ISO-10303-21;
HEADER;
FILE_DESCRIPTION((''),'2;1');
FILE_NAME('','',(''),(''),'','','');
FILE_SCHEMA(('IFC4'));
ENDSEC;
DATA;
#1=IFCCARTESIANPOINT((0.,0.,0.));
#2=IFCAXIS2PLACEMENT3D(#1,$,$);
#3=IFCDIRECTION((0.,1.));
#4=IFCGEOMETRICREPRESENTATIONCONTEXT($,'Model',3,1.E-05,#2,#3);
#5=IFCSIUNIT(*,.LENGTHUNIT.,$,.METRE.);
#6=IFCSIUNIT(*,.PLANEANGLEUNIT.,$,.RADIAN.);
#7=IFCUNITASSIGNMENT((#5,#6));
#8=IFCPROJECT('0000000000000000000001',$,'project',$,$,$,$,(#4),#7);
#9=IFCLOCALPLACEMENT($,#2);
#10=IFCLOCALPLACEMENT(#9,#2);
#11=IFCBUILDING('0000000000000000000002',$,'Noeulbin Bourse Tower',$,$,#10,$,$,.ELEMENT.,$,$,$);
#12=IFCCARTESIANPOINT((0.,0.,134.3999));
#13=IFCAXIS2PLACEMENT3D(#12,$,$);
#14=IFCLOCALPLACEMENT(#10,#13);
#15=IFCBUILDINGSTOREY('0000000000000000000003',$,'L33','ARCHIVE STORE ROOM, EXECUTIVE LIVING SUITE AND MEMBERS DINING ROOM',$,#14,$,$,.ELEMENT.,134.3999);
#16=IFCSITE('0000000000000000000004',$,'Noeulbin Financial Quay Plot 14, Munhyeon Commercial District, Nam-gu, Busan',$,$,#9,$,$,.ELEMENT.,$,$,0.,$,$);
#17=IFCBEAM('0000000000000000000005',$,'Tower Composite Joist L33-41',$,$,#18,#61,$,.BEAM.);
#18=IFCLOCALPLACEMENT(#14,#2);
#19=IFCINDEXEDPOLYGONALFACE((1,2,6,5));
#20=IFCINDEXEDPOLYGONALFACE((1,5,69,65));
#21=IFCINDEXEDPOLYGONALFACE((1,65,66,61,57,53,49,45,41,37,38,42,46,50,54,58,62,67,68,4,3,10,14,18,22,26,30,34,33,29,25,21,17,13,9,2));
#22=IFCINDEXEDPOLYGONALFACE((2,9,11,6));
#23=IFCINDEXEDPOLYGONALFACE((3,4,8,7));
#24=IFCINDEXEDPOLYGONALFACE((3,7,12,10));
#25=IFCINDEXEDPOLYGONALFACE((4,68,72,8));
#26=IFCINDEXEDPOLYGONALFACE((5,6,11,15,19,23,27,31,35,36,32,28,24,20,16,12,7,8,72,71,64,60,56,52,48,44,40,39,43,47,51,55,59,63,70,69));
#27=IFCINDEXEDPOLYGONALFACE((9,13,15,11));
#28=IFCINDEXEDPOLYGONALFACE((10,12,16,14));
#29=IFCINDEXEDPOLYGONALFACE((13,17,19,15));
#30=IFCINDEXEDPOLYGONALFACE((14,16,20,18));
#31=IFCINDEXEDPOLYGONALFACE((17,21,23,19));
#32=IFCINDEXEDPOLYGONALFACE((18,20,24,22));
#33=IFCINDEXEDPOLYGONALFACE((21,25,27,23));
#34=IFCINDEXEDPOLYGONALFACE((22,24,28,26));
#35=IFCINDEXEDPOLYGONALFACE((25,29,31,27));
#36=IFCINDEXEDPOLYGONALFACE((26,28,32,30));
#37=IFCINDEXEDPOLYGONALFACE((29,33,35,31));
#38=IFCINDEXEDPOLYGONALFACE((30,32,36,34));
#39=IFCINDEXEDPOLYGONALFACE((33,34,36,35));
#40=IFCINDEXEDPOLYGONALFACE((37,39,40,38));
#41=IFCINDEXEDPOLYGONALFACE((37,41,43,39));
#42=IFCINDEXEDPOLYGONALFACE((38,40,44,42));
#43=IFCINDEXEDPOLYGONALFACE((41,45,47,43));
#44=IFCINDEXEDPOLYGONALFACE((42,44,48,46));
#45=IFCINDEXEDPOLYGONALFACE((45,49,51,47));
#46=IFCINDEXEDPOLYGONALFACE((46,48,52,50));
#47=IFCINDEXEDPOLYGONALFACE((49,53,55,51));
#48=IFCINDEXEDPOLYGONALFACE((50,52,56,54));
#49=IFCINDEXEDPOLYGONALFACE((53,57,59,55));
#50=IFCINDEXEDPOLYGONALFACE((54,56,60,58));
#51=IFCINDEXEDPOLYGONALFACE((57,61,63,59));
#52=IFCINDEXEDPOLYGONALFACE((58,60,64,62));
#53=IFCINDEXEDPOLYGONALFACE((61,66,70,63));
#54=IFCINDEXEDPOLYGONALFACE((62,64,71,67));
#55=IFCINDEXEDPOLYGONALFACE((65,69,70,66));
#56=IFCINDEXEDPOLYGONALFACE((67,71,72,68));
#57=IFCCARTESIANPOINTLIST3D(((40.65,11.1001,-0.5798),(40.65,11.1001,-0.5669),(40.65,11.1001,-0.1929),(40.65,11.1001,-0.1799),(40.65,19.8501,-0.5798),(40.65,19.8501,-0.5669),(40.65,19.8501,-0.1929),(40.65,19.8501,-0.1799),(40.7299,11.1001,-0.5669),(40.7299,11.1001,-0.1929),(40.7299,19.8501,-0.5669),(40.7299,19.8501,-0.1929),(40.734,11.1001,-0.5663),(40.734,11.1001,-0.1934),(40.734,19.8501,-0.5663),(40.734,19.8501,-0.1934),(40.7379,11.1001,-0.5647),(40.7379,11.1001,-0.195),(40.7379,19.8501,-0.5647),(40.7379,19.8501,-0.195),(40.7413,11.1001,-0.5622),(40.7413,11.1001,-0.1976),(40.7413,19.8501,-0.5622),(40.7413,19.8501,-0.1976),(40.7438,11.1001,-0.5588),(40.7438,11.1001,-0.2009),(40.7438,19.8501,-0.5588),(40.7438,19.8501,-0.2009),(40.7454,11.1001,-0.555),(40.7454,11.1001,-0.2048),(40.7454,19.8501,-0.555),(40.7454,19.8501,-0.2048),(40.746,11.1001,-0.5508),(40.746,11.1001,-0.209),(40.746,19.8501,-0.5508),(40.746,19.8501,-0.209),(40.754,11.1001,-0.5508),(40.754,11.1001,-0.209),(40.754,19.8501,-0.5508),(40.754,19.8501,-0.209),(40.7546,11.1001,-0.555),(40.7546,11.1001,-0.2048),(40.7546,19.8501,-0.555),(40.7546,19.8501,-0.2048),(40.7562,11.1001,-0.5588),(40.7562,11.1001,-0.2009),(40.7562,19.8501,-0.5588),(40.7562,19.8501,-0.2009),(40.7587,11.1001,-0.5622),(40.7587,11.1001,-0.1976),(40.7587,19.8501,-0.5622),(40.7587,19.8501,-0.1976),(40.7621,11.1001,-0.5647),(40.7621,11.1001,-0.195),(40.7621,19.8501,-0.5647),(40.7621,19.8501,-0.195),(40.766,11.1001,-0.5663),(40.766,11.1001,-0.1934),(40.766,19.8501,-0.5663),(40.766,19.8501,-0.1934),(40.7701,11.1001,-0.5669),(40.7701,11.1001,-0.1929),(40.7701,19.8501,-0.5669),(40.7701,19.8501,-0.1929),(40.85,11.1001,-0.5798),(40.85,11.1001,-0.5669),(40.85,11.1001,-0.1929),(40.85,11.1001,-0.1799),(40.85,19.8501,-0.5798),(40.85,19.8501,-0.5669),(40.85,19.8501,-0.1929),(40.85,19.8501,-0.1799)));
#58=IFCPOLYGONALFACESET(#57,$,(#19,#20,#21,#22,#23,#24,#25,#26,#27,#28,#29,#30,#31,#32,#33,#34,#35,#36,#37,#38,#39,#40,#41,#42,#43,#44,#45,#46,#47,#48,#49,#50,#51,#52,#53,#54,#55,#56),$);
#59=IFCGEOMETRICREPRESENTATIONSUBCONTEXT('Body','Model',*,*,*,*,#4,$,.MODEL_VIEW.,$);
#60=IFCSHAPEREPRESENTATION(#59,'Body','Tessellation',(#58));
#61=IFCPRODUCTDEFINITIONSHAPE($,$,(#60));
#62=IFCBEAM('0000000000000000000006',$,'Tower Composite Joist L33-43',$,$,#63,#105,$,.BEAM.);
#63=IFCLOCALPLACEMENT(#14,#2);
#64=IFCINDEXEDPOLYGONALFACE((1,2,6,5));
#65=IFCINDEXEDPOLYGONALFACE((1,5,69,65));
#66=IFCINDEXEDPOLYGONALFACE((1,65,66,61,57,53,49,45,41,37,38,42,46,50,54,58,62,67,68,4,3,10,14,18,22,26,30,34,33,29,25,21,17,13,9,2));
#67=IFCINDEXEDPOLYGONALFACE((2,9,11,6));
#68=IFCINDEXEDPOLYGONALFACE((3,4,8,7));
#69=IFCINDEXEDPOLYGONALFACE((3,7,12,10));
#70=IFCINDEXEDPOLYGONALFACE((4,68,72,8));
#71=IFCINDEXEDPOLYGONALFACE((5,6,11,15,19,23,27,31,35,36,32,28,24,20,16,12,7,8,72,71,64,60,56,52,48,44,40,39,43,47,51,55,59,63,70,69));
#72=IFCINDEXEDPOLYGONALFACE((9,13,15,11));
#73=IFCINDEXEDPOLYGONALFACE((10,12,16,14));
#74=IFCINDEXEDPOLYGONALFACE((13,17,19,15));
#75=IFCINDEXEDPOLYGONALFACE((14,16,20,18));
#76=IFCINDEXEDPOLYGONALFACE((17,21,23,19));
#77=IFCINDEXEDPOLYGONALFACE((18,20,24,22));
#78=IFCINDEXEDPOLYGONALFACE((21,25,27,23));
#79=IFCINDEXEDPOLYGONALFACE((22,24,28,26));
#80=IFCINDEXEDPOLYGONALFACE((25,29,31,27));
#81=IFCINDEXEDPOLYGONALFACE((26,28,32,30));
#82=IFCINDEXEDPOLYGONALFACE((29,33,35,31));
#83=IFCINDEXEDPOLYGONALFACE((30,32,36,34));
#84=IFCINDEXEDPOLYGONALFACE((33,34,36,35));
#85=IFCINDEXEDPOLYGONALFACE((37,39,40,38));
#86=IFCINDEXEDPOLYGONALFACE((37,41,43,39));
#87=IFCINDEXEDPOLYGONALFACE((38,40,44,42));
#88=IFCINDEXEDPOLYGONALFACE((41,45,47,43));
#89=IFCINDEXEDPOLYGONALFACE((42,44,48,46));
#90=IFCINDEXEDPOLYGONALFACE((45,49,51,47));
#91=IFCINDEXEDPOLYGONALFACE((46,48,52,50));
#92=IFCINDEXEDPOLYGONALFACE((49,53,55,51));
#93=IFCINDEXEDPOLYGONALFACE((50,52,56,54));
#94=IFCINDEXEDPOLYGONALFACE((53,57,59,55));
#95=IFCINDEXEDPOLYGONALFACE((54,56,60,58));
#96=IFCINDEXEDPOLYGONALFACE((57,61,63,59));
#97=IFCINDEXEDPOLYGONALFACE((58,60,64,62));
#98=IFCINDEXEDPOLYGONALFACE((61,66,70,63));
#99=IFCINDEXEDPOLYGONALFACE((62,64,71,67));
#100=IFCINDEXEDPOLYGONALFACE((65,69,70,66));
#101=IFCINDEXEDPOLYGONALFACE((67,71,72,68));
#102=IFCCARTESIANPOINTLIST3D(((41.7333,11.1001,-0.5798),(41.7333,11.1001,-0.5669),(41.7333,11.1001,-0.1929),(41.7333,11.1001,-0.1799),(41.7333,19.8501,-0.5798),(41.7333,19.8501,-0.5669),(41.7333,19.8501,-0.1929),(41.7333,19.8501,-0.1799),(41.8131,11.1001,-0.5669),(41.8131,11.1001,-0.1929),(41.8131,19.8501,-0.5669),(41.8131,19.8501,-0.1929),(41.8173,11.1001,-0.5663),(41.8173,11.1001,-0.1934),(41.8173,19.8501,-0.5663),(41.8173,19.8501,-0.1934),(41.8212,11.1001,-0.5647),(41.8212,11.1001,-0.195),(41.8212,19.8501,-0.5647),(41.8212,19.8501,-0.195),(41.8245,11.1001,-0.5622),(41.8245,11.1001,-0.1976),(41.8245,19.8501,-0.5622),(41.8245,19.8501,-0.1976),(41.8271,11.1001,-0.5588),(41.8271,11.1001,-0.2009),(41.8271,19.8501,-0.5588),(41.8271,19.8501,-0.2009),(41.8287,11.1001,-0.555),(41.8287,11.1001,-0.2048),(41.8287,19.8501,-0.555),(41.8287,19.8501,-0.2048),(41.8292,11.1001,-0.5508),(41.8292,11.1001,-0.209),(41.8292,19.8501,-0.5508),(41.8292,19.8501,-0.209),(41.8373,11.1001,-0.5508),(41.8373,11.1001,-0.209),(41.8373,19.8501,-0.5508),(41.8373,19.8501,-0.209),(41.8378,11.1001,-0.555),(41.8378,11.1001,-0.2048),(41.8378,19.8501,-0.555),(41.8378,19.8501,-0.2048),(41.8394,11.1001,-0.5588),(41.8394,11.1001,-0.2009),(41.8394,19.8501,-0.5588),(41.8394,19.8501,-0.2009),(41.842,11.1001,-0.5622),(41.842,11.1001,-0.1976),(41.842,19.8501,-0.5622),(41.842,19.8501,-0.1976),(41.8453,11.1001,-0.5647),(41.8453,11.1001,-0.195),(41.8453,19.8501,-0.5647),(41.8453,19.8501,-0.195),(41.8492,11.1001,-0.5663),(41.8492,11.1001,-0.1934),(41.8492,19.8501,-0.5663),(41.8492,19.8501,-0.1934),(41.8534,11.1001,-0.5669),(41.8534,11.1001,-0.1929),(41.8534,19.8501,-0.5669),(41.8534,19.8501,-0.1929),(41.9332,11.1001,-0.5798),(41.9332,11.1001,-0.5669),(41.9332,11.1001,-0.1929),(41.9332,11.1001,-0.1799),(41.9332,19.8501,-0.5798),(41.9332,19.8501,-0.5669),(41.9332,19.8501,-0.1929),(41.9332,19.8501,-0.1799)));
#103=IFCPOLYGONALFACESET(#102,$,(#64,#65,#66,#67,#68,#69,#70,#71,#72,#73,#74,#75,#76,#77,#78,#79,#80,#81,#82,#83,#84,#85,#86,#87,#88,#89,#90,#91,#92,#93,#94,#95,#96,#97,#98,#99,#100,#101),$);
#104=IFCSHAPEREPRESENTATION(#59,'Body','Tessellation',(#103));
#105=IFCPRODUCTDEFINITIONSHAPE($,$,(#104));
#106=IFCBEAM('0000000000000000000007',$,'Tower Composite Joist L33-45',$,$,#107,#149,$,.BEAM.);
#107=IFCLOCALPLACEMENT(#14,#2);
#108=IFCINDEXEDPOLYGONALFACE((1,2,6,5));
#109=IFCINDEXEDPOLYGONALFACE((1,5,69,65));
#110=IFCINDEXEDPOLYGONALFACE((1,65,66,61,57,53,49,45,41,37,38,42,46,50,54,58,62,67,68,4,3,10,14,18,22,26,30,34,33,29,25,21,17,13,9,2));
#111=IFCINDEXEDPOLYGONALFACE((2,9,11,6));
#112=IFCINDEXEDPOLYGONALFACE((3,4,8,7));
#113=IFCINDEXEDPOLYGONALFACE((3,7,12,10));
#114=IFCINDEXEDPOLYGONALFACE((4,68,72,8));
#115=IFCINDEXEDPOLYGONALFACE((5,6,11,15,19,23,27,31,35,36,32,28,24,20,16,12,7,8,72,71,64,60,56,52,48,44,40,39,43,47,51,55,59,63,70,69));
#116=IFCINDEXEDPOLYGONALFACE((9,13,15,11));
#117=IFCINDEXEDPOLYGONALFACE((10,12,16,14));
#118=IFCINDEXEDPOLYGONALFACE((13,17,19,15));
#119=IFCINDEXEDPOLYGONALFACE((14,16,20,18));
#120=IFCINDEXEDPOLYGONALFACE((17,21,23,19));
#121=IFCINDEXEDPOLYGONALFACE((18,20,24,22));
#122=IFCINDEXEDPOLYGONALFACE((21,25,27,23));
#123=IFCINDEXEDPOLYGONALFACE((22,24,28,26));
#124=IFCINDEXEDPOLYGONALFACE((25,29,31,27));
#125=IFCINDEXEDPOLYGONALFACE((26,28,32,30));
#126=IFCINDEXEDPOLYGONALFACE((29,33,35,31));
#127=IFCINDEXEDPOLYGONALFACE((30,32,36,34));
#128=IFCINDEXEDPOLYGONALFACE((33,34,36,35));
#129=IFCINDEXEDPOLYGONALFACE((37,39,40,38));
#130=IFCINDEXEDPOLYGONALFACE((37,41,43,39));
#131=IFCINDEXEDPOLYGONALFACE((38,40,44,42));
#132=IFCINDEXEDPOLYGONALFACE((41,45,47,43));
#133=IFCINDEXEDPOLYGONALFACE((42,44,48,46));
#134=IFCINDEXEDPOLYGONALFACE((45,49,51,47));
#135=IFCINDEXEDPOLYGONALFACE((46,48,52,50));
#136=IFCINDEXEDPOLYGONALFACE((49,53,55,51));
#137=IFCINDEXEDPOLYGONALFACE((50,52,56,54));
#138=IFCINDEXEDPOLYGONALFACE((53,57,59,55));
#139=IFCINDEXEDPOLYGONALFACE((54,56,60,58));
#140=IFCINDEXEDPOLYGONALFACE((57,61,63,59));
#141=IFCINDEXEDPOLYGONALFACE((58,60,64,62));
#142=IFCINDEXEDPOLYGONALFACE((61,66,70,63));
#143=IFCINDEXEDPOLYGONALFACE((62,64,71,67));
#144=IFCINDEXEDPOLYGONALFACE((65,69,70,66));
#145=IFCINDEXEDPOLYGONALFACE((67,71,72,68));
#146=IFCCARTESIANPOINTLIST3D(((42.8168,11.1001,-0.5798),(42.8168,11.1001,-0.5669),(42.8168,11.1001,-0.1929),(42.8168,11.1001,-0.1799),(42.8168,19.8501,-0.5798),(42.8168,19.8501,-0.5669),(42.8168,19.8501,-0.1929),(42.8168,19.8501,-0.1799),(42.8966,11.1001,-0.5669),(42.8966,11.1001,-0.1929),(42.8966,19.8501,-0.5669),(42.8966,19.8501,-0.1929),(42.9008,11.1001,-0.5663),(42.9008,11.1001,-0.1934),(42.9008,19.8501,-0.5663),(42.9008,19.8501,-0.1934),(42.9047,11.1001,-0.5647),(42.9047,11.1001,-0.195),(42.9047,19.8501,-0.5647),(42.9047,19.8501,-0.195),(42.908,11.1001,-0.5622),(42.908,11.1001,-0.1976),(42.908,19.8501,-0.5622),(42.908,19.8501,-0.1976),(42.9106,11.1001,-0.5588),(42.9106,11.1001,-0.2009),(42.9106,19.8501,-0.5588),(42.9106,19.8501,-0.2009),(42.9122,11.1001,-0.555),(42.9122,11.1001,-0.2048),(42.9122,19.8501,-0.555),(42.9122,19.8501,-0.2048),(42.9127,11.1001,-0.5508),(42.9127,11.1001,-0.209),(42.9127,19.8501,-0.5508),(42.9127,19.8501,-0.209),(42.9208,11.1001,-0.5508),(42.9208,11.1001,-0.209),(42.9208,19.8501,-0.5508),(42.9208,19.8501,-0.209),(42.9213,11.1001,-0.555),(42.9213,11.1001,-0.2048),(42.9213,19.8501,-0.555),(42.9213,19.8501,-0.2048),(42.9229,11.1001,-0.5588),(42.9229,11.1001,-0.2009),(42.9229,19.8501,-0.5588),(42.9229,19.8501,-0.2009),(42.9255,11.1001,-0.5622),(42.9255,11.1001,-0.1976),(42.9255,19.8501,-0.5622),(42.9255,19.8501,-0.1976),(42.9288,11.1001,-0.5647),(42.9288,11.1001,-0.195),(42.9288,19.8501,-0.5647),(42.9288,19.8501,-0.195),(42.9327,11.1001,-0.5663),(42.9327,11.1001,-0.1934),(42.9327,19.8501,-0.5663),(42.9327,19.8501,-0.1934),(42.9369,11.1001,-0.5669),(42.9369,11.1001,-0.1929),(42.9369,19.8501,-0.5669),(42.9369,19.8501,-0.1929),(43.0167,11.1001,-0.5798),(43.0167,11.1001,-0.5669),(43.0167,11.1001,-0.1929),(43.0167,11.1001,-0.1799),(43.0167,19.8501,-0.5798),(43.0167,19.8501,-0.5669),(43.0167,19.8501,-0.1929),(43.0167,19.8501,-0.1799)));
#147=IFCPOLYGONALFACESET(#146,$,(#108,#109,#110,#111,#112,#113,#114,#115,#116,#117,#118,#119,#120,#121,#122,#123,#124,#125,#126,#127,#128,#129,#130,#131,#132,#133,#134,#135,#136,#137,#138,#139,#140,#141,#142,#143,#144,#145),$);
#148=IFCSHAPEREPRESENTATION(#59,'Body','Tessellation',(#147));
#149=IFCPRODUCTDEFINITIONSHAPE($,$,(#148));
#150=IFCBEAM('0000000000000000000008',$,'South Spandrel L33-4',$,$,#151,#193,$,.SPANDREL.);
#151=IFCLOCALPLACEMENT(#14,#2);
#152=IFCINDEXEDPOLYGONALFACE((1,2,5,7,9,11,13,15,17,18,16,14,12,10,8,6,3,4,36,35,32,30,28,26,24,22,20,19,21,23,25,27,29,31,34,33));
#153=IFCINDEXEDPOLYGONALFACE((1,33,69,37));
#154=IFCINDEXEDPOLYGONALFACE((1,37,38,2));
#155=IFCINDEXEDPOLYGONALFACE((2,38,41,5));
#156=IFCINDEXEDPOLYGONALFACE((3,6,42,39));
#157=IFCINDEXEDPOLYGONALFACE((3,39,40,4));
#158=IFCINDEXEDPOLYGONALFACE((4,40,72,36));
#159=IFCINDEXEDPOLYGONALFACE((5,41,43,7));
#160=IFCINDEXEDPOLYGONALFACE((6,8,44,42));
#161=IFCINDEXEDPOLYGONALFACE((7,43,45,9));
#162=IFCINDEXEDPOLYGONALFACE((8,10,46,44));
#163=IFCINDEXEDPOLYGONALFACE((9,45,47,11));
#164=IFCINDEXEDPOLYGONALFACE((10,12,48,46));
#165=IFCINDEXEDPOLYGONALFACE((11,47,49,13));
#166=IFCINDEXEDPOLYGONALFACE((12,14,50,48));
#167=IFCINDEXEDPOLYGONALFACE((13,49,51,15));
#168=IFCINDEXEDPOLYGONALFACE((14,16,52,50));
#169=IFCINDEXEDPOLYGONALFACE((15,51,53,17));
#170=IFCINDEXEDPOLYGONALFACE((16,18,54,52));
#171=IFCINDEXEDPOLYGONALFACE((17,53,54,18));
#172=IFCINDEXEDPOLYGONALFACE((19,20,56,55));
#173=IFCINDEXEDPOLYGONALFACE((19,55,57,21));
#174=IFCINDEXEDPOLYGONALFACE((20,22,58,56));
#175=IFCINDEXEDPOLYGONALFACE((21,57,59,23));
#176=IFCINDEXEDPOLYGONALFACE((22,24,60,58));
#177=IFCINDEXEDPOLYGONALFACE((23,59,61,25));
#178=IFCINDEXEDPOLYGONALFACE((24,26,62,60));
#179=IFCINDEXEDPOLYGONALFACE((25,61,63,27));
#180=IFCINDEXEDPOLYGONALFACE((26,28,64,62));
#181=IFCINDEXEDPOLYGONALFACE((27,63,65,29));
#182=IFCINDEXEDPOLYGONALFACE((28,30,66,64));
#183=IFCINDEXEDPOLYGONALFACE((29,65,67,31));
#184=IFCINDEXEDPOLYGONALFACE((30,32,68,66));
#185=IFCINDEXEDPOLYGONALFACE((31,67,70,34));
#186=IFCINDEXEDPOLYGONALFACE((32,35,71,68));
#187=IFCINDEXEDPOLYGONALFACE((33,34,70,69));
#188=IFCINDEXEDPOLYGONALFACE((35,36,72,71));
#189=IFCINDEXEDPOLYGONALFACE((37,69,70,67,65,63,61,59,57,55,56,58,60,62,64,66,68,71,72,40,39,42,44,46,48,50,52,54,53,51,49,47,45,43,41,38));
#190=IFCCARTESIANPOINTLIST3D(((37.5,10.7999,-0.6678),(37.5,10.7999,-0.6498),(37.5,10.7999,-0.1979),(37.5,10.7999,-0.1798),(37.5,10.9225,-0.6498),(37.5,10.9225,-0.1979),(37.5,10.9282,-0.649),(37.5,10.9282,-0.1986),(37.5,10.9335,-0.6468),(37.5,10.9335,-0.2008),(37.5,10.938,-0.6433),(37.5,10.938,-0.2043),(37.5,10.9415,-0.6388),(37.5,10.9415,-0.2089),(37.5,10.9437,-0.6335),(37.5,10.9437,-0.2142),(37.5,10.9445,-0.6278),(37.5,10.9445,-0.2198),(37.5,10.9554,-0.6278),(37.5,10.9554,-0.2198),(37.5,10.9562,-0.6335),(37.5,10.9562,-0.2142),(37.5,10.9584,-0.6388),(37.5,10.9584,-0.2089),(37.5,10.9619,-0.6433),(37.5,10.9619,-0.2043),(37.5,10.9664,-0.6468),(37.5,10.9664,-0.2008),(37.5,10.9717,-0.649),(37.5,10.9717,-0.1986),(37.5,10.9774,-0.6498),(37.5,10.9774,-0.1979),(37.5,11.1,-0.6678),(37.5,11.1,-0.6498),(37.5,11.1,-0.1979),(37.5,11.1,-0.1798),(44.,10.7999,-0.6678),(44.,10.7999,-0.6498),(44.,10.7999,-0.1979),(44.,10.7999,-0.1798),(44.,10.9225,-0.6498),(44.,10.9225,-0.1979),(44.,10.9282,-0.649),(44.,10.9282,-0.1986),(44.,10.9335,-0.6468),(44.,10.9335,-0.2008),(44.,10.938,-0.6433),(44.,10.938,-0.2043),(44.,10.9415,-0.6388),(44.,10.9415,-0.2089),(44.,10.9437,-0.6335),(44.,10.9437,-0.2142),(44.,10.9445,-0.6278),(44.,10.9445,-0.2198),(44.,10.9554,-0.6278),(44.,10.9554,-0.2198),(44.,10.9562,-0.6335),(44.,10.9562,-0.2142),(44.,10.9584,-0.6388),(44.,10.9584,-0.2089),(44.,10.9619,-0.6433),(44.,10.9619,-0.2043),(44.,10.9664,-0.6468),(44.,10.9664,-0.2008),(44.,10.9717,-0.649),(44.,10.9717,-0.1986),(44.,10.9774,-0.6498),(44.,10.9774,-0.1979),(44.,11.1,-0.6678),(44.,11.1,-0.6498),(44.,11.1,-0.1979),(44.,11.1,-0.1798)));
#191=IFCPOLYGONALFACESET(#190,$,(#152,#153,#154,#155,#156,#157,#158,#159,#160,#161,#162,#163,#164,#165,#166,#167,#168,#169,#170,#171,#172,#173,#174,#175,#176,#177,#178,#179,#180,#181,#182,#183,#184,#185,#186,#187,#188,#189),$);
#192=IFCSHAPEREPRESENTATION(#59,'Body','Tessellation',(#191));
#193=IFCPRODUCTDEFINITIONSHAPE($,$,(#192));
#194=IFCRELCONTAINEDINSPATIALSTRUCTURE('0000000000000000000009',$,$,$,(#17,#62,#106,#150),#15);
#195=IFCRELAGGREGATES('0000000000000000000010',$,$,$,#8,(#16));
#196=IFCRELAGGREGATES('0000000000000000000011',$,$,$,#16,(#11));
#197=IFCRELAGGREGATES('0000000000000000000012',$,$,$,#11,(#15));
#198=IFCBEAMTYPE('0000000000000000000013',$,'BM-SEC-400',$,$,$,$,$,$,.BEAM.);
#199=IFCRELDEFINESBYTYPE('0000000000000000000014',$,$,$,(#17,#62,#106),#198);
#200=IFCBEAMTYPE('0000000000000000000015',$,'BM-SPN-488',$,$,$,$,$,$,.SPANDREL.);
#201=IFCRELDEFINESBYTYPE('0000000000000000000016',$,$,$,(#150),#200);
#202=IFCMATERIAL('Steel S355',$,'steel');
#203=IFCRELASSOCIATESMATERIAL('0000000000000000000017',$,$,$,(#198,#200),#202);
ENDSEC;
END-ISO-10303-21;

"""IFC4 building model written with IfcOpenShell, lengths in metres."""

from ifc_helpers import new_model, si_unit, direction, frame, origin, origin_2d, place, context, subcontext, project, spatial, i_section, extrude, material, material_profile, profile_set, type_object, element, save


model = new_model("IFC4")

# Units and contexts
model_context = context("Model", 3, precision=1e-05, world=origin(), true_north=direction((0.0, 1.0)))
body_context = subcontext(model_context, "Body", "Model", "MODEL_VIEW")
ifc_project = project(units=[si_unit("LENGTHUNIT", "METRE"), si_unit("PLANEANGLEUNIT", "RADIAN")], contexts=[model_context])

# Site, building, storey
site_placement = place(None, origin())
site = spatial("IfcSite", under=ifc_project, at=site_placement, Name="Noeulbin Financial Quay Plot 14, Munhyeon Commercial District, Nam-gu, Busan", CompositionType="ELEMENT", RefElevation=0.0)
building_placement = place(site_placement, origin())
building = spatial("IfcBuilding", under=site, at=building_placement, Name="Noeulbin Bourse Tower", CompositionType="ELEMENT")
storey_placement = place(building_placement, frame((0.0, 0.0, 134.3999)))
storey = spatial("IfcBuildingStorey", under=building, at=storey_placement, Name="L33", Description="ARCHIVE STORE ROOM, EXECUTIVE LIVING SUITE AND MEMBERS DINING ROOM", CompositionType="ELEMENT", Elevation=134.3999)

# Shared definitions
ifc_material_1 = material(Name="Steel S355", Category="steel")

# Beams
ifc_material_profile_1 = material_profile(ifc_material_1, i_section(OverallWidth=0.2, OverallDepth=0.3999, WebThickness=0.0081, FlangeThickness=0.0129, FilletRadius=0.0161, at=origin_2d()), Name="H-400x200x8x13", Category="LoadBearing")
ifc_profile_set_1 = profile_set([ifc_material_profile_1], Name="Steel S355")
beam_type_1 = type_object("IfcBeamType", Name="BM-SEC-400", PredefinedType="BEAM", material=ifc_profile_set_1)
for number, where, z_axis, x_axis, name in (
    (1, (40.75, 11.1001, -0.3799), (0.0, 1.0, 0.0), (-1.0, 0.0, 0.0), "Tower Composite Joist L33-41"),
    (2, (41.8333, 11.1001, -0.3799), (0.0, 1.0, 0.0), (-1.0, 0.0, 0.0), "Tower Composite Joist L33-43"),
    (3, (42.9167, 11.1001, -0.3799), (0.0, 1.0, 0.0), (-1.0, 0.0, 0.0), "Tower Composite Joist L33-45"),
):
    element("IfcBeam", number, at=place(storey_placement, frame(where, z_axis=z_axis, x_axis=x_axis)), inside=storey, type_object=beam_type_1, Name=name, PredefinedType="BEAM", context=body_context, shape_type="SweptSolid", body=[
        extrude(i_section(OverallWidth=0.2, OverallDepth=0.3999, WebThickness=0.0081, FlangeThickness=0.0129, FilletRadius=0.0161, at=origin_2d()), origin(), (0.0, 0.0, 1.0), 8.75),
    ])
ifc_material_profile_2 = material_profile(ifc_material_1, i_section(OverallWidth=0.3, OverallDepth=0.488, WebThickness=0.011, FlangeThickness=0.0181, FilletRadius=0.022, at=origin_2d()), Name="H-488x300x11x18", Category="LoadBearing")
ifc_profile_set_2 = profile_set([ifc_material_profile_2], Name="Steel S355")
beam_type_2 = type_object("IfcBeamType", Name="BM-SPN-488", PredefinedType="SPANDREL", material=ifc_profile_set_2)
beam_1_placement = place(storey_placement, frame((37.5, 10.95, -0.4238), z_axis=(1.0, 0.0, 0.0), x_axis=(0.0, 1.0, 0.0)))
element("IfcBeam", 4, at=beam_1_placement, inside=storey, type_object=beam_type_2, Name="South Spandrel L33-4", PredefinedType="SPANDREL", context=body_context, shape_type="SweptSolid", body=[
    extrude(i_section(OverallWidth=0.3, OverallDepth=0.488, WebThickness=0.011, FlangeThickness=0.0181, FilletRadius=0.022, at=origin_2d()), origin(), (0.0, 0.0, 1.0), 6.5),
])

save(model, "model.ifc")
